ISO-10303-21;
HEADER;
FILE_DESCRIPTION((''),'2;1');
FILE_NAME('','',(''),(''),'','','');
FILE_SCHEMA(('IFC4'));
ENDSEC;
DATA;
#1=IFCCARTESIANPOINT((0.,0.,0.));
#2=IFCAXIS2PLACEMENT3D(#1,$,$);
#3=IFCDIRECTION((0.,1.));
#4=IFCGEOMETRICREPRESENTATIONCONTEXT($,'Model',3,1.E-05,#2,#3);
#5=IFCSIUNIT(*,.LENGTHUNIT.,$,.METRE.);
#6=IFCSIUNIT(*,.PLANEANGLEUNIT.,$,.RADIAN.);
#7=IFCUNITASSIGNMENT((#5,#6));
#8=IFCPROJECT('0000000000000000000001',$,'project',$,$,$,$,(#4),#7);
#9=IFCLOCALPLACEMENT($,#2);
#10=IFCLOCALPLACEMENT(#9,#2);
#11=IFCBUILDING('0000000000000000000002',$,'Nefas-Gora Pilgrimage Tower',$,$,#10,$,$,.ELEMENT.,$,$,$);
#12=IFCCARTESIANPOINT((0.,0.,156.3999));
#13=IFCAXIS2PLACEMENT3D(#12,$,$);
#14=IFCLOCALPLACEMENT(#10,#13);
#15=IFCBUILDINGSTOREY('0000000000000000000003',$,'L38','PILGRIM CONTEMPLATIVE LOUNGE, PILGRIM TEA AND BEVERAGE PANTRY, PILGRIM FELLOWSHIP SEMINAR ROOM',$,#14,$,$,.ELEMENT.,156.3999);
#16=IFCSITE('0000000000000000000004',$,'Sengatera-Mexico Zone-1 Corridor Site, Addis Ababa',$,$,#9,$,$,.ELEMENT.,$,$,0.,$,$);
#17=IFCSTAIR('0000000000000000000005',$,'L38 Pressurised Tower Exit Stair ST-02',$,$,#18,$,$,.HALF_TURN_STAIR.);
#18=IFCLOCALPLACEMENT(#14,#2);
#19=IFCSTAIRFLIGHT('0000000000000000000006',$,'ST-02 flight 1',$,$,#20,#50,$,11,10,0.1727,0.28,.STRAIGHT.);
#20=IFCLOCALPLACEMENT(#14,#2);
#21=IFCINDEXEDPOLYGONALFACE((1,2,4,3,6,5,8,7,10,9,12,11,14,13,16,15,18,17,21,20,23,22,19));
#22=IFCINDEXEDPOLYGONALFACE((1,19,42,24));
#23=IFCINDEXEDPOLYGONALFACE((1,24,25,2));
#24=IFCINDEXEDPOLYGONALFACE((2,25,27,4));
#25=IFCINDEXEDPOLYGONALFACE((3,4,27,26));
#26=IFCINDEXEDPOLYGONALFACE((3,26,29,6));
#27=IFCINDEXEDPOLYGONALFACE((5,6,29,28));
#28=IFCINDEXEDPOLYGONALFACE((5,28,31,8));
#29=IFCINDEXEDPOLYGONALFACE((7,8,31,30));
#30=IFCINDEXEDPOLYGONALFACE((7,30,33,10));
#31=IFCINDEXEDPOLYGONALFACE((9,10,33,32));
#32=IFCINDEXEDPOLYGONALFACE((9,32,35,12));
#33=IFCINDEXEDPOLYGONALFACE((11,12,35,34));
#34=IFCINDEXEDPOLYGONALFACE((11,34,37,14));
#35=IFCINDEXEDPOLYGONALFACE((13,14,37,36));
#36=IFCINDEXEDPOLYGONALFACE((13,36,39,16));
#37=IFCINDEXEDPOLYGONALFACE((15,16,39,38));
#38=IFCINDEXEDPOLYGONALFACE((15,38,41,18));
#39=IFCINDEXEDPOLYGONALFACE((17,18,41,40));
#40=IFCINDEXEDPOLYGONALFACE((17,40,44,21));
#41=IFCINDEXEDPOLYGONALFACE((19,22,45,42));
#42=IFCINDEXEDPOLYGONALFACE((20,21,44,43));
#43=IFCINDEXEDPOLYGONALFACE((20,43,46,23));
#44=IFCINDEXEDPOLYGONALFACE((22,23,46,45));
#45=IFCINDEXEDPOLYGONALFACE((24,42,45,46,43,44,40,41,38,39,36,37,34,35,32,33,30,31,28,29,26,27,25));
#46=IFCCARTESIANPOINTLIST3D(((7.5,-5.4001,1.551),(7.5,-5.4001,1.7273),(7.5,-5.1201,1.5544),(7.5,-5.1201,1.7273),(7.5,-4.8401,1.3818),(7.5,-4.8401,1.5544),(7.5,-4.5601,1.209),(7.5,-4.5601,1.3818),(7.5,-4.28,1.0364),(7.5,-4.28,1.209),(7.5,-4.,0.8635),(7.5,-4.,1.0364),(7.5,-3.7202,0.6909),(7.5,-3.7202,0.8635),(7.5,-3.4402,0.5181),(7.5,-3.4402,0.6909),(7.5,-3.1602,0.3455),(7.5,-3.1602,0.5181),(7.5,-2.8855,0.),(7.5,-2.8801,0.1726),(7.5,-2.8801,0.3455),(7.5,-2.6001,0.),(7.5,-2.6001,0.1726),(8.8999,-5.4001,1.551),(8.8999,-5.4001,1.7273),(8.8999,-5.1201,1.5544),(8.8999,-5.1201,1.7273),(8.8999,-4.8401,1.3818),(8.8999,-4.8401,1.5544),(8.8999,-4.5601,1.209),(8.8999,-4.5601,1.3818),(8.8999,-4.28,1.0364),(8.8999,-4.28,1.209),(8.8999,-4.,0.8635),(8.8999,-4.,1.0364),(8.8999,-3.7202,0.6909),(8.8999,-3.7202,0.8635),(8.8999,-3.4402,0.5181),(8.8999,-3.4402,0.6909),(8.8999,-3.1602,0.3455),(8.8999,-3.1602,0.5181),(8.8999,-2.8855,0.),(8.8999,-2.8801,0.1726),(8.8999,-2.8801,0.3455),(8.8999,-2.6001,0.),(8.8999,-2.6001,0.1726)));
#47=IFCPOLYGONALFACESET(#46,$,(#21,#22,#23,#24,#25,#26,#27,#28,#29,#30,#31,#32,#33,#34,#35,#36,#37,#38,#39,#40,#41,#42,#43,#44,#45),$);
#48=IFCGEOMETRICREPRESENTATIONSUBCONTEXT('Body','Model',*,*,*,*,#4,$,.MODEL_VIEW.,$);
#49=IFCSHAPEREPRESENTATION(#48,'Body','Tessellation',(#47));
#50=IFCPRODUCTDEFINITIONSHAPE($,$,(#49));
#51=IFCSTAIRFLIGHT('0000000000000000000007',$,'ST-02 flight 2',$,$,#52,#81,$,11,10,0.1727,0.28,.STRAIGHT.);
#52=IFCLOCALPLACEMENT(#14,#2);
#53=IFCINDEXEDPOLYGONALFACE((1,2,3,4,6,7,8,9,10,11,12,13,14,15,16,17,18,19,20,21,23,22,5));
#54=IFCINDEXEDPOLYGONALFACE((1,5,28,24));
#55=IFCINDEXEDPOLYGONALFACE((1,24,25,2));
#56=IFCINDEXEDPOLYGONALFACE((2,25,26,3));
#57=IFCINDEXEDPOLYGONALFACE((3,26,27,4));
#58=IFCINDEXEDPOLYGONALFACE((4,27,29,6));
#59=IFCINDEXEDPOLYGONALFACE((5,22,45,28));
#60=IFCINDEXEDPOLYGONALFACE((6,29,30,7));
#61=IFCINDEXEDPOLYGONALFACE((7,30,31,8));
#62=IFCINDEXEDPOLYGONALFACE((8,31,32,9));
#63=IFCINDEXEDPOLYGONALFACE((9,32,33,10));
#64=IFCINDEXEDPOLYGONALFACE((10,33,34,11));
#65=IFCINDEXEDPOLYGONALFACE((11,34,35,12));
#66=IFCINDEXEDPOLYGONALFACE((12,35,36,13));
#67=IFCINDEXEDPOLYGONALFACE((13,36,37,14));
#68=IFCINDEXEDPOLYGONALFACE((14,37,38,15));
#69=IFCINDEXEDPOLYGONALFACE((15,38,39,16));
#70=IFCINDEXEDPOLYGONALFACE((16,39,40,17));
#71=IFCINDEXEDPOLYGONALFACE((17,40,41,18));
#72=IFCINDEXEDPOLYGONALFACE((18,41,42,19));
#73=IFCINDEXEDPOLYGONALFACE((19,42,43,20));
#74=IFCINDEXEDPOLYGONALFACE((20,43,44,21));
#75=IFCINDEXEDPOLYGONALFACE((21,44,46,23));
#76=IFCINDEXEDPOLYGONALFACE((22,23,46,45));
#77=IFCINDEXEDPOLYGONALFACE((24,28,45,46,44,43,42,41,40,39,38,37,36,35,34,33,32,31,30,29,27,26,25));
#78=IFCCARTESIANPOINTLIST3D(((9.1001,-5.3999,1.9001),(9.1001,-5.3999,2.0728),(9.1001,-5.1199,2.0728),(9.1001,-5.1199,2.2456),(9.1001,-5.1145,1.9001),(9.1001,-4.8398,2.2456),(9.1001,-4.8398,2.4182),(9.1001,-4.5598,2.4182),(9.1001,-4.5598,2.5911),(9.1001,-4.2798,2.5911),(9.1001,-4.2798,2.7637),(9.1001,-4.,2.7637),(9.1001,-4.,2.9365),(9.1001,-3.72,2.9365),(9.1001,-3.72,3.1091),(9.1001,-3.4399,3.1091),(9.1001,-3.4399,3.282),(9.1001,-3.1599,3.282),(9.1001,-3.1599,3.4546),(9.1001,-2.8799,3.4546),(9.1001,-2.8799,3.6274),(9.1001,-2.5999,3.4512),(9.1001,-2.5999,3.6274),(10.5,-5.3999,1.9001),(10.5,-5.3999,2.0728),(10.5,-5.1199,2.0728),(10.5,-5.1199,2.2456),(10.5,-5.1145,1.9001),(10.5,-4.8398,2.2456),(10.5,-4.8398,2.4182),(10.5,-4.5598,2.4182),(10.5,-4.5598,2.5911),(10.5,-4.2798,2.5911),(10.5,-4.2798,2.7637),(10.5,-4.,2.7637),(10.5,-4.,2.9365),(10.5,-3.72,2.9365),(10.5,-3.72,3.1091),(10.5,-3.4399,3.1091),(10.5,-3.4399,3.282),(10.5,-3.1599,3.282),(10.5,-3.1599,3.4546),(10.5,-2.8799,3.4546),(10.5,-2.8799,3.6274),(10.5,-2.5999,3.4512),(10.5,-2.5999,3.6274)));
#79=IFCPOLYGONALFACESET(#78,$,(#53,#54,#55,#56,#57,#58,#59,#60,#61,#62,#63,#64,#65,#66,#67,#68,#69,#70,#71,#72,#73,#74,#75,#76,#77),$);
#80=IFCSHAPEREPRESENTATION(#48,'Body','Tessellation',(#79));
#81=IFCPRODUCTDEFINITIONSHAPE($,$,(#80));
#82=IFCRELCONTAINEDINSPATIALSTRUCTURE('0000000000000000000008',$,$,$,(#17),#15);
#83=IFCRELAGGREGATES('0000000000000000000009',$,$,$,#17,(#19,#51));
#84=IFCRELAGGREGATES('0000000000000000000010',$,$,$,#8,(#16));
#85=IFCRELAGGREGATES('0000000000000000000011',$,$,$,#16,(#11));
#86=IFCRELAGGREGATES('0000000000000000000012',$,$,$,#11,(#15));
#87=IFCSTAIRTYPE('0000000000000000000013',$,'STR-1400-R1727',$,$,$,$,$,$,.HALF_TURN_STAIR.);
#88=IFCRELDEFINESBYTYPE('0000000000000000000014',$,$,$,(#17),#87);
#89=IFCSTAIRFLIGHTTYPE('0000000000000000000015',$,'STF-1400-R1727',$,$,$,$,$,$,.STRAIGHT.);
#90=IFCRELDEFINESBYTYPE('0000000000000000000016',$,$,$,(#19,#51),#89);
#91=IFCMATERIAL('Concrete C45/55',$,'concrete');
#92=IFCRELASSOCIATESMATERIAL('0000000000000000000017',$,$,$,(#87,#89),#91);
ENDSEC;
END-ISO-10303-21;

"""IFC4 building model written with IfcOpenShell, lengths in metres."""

from ifc_helpers import new_model, si_unit, direction, frame, origin, place, context, subcontext, project, spatial, polyline, outline, extrude, source, transform, mapped, material, type_object, element, aggregate, save


model = new_model("IFC4")

# Units and contexts
model_context = context("Model", 3, precision=1e-05, world=origin(), true_north=direction((0.0, 1.0)))
body_context = subcontext(model_context, "Body", "Model", "MODEL_VIEW")
ifc_project = project(units=[si_unit("LENGTHUNIT", "METRE"), si_unit("PLANEANGLEUNIT", "RADIAN")], contexts=[model_context])

# Site, building, storey
site_placement = place(None, origin())
site = spatial("IfcSite", under=ifc_project, at=site_placement, Name="Sengatera-Mexico Zone-1 Corridor Site, Addis Ababa", CompositionType="ELEMENT", RefElevation=0.0)
building_placement = place(site_placement, origin())
building = spatial("IfcBuilding", under=site, at=building_placement, Name="Nefas-Gora Pilgrimage Tower", CompositionType="ELEMENT")
storey_placement = place(building_placement, frame((0.0, 0.0, 156.3999)))
storey = spatial("IfcBuildingStorey", under=building, at=storey_placement, Name="L38", Description="PILGRIM CONTEMPLATIVE LOUNGE, PILGRIM TEA AND BEVERAGE PANTRY, PILGRIM FELLOWSHIP SEMINAR ROOM", CompositionType="ELEMENT", Elevation=156.3999)

# Shared definitions
ifc_material_1 = material(Name="Concrete C45/55", Category="concrete")

# Stair, stair flights
stair_type = type_object("IfcStairType", Name="STR-1400-R1727", PredefinedType="HALF_TURN_STAIR", material=ifc_material_1)
stair_placement = place(storey_placement, origin())
stair = element("IfcStair", 1, at=stair_placement, inside=storey, type_object=stair_type, Name="L38 Pressurised Tower Exit Stair ST-02", PredefinedType="HALF_TURN_STAIR")
stair_flight_type = type_object("IfcStairFlightType", Name="STF-1400-R1727", PredefinedType="STRAIGHT", material=ifc_material_1)
shared_shape_1 = source(origin(), body_context, "Body", "SweptSolid", [
    extrude(outline(polyline([(0.0, 0.0), (0.0, 0.1726), (0.28, 0.1726), (0.28, 0.3455), (0.5601, 0.3455), (0.5601, 0.5181), (0.8401, 0.5181), (0.8401, 0.6909), (1.1201, 0.6909), (1.1201, 0.8635), (1.3999, 0.8635), (1.3999, 1.0364), (1.6799, 1.0364), (1.6799, 1.209), (1.96, 1.209), (1.96, 1.3818), (2.24, 1.3818), (2.24, 1.5544), (2.52, 1.5544), (2.52, 1.7273), (2.8, 1.7273), (2.8, 1.8999), (2.8, 1.551), (0.2854, 0.0), (0.0, 0.0)])), frame((0.0, 0.7, 0.0), z_axis=(0.0, -1.0, 0.0), x_axis=(1.0, 0.0, 0.0)), (0.0, 0.0, 1.0), 1.3999),
])
stair_flight_1_placement = place(storey_placement, frame((8.2, -2.6001, 0.0), z_axis=(0.0, 0.0, 1.0), x_axis=(0.0, -1.0, 0.0)))
stair_flight_1 = element("IfcStairFlight", 2, at=stair_flight_1_placement, type_object=stair_flight_type, Name="ST-02 flight 1", NumberOfRisers=11, NumberOfTreads=10, PredefinedType="STRAIGHT", RiserHeight=0.1727, TreadLength=0.28, context=body_context, shape_type="MappedRepresentation", body=[
    mapped(shared_shape_1, transform((0.0, 0.0, 0.0), x_axis=(1.0, 0.0, 0.0), y_axis=(0.0, 1.0, 0.0), z_axis=(0.0, 0.0, 1.0), scale=1.0)),
])
stair_flight_2_placement = place(storey_placement, frame((9.8, -5.3999, 1.9001), z_axis=(0.0, 0.0, 1.0), x_axis=(0.0, 1.0, 0.0)))
stair_flight_2 = element("IfcStairFlight", 3, at=stair_flight_2_placement, type_object=stair_flight_type, Name="ST-02 flight 2", NumberOfRisers=11, NumberOfTreads=10, PredefinedType="STRAIGHT", RiserHeight=0.1727, TreadLength=0.28, context=body_context, shape_type="MappedRepresentation", body=[
    mapped(shared_shape_1, transform((0.0, 0.0, 0.0), x_axis=(1.0, 0.0, 0.0), y_axis=(0.0, 1.0, 0.0), z_axis=(0.0, 0.0, 1.0), scale=1.0)),
])
aggregate(stair, [stair_flight_1, stair_flight_2])

save(model, "model.ifc")
